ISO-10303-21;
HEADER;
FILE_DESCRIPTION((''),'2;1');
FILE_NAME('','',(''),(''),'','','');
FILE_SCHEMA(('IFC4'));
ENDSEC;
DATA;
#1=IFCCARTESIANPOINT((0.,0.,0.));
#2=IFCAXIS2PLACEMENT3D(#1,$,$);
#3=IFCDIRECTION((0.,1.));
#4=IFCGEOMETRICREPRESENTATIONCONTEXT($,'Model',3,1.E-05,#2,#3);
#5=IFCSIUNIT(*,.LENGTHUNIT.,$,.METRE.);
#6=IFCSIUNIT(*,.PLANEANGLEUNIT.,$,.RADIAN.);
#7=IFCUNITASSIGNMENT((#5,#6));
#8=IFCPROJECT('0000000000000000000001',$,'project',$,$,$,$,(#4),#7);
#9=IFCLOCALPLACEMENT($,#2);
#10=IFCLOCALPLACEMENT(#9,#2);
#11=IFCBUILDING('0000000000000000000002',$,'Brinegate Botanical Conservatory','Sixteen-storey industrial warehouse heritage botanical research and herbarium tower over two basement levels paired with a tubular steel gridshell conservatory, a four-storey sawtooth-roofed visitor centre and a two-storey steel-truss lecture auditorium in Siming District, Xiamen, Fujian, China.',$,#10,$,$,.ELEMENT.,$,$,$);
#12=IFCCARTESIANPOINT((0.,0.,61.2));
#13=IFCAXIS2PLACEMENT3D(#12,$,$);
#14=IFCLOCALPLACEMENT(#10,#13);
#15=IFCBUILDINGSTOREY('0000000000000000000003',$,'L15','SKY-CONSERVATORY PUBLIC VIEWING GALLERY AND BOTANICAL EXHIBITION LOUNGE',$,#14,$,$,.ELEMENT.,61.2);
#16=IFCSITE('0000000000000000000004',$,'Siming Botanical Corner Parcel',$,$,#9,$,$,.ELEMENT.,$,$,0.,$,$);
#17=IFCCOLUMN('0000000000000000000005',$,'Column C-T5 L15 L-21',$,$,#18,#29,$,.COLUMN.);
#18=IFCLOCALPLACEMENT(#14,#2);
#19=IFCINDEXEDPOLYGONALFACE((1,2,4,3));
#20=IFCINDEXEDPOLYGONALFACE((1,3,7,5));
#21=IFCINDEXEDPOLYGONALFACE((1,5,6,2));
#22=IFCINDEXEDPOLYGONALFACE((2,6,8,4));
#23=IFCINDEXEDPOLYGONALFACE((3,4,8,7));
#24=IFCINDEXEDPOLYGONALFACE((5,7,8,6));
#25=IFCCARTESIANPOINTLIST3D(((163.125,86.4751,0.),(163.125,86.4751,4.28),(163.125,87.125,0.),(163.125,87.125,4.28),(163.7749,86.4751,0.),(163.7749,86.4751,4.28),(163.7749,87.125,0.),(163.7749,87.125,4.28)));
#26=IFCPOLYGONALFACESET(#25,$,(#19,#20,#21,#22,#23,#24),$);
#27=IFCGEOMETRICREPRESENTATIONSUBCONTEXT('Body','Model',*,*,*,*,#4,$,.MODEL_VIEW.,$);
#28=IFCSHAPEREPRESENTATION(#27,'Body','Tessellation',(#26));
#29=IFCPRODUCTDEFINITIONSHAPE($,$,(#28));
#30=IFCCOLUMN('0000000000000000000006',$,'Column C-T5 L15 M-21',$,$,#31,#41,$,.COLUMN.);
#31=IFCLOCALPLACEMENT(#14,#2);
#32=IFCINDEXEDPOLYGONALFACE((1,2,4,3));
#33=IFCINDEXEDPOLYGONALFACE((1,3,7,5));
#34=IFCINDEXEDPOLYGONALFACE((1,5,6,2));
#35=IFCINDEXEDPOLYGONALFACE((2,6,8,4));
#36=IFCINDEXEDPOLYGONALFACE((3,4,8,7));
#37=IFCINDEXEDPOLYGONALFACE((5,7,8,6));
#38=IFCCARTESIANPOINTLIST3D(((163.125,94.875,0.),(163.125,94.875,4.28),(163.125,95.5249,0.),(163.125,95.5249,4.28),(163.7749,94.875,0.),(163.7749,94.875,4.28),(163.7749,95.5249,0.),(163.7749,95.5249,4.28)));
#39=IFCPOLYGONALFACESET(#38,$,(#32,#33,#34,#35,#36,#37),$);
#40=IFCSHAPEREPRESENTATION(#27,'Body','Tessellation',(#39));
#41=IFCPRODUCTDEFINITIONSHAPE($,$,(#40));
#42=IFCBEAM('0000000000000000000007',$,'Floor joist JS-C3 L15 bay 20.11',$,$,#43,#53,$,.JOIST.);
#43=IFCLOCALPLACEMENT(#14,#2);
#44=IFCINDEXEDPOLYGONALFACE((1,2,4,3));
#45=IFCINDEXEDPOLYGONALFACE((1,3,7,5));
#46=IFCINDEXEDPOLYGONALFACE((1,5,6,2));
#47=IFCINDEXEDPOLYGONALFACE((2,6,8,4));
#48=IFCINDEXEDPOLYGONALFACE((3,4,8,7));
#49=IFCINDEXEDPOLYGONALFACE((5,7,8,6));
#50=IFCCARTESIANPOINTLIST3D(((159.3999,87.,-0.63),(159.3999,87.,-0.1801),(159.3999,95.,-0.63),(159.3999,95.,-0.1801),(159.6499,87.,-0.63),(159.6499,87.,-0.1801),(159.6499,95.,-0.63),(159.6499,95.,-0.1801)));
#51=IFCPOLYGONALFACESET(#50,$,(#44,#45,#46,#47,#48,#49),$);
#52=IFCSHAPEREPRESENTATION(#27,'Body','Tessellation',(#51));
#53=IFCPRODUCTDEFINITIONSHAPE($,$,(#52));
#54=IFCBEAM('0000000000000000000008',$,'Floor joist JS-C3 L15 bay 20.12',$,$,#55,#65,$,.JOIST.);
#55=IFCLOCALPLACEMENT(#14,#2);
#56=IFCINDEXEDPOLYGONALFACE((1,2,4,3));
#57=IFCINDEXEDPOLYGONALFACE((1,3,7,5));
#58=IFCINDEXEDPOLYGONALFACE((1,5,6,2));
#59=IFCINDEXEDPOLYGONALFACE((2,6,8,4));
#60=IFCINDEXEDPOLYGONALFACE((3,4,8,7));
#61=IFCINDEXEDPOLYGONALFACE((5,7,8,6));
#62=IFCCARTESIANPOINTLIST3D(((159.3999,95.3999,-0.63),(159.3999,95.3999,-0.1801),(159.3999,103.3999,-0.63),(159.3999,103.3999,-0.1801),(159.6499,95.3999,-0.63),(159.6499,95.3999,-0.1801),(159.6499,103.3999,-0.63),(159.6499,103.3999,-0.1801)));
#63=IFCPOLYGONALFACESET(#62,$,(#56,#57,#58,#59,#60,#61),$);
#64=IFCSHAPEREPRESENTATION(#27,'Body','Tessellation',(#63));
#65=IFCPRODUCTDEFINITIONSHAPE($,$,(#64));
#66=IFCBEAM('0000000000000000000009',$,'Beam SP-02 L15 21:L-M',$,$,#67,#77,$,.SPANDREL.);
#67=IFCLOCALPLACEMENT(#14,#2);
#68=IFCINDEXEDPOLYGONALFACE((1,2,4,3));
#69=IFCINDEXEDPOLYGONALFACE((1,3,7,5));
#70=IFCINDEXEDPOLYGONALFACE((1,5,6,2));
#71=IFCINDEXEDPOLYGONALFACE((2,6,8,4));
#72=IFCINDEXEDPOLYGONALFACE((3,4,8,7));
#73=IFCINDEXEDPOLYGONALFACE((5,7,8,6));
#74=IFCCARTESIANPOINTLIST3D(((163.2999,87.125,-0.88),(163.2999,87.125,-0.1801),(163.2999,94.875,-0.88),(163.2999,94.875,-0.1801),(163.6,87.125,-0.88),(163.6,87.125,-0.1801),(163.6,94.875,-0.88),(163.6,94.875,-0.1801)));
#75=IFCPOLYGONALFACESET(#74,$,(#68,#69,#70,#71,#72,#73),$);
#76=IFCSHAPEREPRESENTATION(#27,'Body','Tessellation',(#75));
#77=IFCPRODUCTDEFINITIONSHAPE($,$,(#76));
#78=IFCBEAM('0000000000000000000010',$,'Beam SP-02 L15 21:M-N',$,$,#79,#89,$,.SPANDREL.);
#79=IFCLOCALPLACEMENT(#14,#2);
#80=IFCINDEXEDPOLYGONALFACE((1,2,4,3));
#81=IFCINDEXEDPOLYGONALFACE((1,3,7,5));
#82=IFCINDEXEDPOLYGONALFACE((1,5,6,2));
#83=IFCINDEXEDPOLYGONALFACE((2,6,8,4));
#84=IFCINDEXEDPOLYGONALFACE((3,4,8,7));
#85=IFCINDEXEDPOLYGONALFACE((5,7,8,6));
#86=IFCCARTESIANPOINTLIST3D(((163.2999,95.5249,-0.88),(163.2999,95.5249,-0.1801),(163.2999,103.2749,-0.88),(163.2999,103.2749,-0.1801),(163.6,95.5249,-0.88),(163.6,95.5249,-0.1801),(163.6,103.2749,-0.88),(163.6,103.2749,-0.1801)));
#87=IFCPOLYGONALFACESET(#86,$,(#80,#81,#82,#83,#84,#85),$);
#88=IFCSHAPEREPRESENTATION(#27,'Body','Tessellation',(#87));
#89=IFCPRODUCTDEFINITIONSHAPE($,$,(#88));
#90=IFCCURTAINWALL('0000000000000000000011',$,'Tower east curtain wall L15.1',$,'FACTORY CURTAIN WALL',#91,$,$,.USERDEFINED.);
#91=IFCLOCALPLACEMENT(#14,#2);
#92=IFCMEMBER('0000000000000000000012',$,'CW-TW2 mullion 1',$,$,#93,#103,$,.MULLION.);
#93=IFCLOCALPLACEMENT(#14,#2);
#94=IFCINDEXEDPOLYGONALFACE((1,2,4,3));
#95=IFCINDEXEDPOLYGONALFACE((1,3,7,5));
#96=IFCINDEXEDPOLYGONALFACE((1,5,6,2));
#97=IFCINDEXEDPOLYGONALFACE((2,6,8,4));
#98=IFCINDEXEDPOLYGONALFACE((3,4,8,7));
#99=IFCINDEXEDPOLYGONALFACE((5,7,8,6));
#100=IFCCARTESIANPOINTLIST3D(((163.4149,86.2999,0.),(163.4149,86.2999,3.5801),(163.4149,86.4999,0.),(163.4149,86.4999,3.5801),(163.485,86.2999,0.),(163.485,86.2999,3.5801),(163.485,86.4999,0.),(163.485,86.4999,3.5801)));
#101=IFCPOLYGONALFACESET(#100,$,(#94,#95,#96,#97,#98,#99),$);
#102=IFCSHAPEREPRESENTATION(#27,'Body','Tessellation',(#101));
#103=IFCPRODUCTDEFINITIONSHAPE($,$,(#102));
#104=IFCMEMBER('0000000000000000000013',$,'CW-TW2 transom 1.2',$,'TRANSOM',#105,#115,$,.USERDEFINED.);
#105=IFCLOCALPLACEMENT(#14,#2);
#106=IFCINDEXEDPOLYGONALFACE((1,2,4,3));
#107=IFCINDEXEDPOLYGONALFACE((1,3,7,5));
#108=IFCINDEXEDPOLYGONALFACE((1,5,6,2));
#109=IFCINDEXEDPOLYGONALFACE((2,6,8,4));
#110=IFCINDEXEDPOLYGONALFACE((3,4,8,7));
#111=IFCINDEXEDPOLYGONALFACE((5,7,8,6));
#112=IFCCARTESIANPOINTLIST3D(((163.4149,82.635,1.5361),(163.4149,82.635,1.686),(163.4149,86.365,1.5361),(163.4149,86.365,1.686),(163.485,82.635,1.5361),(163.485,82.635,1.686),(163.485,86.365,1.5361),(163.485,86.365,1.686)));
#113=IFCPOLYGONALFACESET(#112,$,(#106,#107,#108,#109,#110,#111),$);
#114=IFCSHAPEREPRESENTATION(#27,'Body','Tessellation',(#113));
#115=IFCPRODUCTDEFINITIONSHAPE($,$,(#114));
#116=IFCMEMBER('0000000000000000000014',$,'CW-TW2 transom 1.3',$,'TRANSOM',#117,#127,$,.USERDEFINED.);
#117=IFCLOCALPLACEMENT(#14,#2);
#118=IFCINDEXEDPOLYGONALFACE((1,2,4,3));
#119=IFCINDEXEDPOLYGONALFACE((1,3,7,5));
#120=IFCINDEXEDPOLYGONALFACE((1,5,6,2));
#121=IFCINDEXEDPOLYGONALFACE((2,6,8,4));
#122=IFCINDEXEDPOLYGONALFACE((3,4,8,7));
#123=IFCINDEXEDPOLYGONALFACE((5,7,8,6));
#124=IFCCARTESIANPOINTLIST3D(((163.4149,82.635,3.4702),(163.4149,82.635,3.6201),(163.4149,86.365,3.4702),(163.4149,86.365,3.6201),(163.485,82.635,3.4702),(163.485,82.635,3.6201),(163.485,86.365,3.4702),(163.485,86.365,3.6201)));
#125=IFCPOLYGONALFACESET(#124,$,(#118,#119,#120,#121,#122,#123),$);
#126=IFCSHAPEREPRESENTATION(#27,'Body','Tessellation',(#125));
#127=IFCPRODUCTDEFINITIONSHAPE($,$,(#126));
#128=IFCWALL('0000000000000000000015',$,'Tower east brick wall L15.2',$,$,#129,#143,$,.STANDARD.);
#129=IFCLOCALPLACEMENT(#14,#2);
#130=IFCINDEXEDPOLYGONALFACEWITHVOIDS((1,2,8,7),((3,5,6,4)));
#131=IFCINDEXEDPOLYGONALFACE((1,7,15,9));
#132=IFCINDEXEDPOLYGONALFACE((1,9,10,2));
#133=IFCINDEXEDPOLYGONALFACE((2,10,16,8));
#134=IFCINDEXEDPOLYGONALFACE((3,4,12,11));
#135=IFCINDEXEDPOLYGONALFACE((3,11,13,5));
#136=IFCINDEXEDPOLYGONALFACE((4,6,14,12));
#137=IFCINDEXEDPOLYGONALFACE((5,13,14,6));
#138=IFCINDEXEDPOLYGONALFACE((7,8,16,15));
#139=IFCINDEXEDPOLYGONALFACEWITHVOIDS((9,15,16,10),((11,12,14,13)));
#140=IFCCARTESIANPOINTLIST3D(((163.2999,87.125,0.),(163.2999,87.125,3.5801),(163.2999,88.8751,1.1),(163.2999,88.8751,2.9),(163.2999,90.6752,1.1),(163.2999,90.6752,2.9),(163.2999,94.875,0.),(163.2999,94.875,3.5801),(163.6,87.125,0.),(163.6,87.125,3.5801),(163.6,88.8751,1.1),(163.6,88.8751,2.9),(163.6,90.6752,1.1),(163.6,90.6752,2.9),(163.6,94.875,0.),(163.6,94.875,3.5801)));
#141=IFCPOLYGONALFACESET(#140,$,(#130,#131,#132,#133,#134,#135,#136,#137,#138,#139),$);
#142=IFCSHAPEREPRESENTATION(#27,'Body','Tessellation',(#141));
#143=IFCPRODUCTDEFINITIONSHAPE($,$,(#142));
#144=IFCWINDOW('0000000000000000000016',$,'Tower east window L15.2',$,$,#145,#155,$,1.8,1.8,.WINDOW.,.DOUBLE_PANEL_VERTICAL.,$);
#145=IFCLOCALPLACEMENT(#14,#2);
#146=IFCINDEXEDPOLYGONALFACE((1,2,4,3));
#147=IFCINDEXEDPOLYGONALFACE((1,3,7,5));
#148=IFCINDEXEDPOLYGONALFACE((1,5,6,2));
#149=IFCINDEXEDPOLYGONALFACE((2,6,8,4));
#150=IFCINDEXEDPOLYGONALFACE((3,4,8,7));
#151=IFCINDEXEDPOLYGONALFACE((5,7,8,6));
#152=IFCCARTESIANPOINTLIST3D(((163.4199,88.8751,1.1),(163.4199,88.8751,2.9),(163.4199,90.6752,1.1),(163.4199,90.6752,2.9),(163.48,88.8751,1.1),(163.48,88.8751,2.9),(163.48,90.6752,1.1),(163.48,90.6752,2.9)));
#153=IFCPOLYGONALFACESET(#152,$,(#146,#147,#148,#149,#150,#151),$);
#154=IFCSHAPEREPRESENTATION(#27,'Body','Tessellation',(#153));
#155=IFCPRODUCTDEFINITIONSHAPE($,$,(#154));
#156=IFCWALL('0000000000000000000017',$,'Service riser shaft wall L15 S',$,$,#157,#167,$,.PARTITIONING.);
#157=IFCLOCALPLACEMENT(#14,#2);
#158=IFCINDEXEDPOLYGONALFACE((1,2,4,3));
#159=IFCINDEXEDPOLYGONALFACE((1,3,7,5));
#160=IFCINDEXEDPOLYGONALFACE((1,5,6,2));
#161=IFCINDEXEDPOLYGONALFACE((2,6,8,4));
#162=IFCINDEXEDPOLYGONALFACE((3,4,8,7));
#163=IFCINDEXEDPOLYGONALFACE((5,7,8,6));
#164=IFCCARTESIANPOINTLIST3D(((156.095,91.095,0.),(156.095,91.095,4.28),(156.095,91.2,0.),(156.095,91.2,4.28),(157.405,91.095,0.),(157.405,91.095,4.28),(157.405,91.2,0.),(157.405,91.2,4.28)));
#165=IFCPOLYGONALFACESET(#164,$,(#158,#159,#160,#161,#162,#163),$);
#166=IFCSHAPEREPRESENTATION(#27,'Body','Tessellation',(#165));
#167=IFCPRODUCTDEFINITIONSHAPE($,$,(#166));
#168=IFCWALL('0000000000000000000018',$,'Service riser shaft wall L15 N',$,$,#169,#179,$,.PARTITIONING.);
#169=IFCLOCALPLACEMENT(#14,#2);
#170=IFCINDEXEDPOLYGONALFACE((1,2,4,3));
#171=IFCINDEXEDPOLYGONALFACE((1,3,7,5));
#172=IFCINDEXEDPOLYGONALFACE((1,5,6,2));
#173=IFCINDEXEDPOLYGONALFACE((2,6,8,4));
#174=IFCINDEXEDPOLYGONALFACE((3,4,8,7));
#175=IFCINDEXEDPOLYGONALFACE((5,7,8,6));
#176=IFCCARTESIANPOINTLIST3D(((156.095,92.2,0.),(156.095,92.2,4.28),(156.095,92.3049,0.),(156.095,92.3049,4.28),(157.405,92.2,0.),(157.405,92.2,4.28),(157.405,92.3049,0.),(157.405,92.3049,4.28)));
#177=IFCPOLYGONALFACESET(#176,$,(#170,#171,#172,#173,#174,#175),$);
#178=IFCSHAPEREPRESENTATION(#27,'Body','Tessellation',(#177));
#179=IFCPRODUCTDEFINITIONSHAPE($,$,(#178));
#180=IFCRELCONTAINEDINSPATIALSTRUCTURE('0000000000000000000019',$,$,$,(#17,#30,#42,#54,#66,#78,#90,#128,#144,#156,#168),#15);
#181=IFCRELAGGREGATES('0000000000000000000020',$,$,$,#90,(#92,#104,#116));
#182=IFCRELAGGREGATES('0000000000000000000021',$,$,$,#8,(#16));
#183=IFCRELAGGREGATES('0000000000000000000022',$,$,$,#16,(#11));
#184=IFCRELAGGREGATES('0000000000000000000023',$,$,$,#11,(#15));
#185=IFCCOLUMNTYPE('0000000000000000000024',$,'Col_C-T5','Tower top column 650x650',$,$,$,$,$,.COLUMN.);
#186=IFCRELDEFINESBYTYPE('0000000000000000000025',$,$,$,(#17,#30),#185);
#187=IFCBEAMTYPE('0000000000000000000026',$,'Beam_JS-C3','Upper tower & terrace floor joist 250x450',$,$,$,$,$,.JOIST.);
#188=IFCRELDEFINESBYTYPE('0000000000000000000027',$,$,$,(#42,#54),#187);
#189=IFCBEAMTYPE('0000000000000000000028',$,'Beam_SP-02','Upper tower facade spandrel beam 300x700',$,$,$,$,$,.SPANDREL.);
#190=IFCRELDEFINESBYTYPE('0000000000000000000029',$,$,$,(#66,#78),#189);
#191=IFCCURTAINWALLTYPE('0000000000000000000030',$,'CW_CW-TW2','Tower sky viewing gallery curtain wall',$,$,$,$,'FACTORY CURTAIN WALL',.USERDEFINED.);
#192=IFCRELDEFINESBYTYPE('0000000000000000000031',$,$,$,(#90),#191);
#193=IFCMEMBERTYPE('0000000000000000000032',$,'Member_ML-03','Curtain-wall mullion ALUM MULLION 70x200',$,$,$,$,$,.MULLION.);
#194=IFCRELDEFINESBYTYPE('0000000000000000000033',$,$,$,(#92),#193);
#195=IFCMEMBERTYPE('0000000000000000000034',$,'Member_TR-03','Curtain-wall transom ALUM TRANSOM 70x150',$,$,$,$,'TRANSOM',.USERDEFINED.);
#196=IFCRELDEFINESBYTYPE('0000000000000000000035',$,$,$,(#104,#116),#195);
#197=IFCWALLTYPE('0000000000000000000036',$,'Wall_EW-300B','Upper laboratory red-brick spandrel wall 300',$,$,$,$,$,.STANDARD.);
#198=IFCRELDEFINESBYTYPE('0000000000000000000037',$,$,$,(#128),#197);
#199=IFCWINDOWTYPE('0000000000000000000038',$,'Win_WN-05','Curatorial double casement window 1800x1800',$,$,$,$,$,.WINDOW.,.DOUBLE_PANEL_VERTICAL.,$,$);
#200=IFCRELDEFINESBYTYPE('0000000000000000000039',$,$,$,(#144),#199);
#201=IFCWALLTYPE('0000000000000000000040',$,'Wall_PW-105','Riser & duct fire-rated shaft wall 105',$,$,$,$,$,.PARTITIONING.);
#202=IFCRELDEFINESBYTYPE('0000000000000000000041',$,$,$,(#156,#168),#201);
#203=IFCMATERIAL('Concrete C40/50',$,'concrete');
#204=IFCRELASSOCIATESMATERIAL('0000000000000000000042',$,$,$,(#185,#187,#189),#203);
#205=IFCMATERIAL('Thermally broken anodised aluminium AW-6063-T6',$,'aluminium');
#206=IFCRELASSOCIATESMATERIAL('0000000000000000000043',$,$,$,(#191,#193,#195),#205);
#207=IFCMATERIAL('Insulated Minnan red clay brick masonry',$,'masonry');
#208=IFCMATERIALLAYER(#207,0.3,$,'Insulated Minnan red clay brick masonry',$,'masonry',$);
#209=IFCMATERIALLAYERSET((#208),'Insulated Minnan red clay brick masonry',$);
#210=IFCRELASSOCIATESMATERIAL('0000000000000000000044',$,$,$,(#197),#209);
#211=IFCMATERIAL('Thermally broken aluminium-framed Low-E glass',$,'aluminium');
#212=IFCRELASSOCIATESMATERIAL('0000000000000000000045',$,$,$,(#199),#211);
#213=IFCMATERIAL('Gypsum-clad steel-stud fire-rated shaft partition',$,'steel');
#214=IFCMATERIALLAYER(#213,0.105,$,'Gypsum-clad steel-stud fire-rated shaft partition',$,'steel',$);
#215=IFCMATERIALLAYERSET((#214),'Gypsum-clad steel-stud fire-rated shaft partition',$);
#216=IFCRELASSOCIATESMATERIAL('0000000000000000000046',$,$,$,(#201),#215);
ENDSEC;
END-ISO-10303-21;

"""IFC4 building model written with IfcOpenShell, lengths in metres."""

from ifc_helpers import new_model, si_unit, direction, frame, frame_2d, origin, origin_2d, place, context, subcontext, project, spatial, rectangle, extrude, material, layer, layer_set, material_profile, profile_set, type_object, element, fill, aggregate, save


model = new_model("IFC4")

# Units and contexts
model_context = context("Model", 3, precision=1e-05, world=origin(), true_north=direction((0.0, 1.0)))
body_context = subcontext(model_context, "Body", "Model", "MODEL_VIEW")
ifc_project = project(units=[si_unit("LENGTHUNIT", "METRE"), si_unit("PLANEANGLEUNIT", "RADIAN")], contexts=[model_context])

# Site, building, storey
site_placement = place(None, origin())
site = spatial("IfcSite", under=ifc_project, at=site_placement, Name="Siming Botanical Corner Parcel", CompositionType="ELEMENT", RefElevation=0.0)
building_placement = place(site_placement, origin())
building = spatial("IfcBuilding", under=site, at=building_placement, Name="Brinegate Botanical Conservatory", Description="Sixteen-storey industrial warehouse heritage botanical research and herbarium tower over two basement levels paired with a tubular steel gridshell conservatory, a four-storey sawtooth-roofed visitor centre and a two-storey steel-truss lecture auditorium in Siming District, Xiamen, Fujian, China.", CompositionType="ELEMENT")
storey_placement = place(building_placement, frame((0.0, 0.0, 61.2)))
storey = spatial("IfcBuildingStorey", under=building, at=storey_placement, Name="L15", Description="SKY-CONSERVATORY PUBLIC VIEWING GALLERY AND BOTANICAL EXHIBITION LOUNGE", CompositionType="ELEMENT", Elevation=61.2)

# Columns
ifc_material_1 = material(Name="Concrete C40/50", Category="concrete")
ifc_material_profile_1 = material_profile(ifc_material_1, rectangle(XDim=0.6499, YDim=0.6499, at=origin_2d()), Name="RC COL 650x650")
ifc_profile_set_1 = profile_set([ifc_material_profile_1], Name="Concrete C40/50")
column_type = type_object("IfcColumnType", Name="Col_C-T5", Description="Tower top column 650x650", PredefinedType="COLUMN", material=ifc_profile_set_1)
for number, where, z_axis, x_axis, name in (
    (1, (163.45, 86.8, 0.0), (0.0, 0.0, 1.0), (1.0, 0.0, 0.0), "Column C-T5 L15 L-21"),
    (2, (163.45, 95.2, 0.0), (0.0, 0.0, 1.0), (1.0, 0.0, 0.0), "Column C-T5 L15 M-21"),
):
    element("IfcColumn", number, at=place(storey_placement, frame(where, z_axis=z_axis, x_axis=x_axis)), inside=storey, type_object=column_type, Name=name, PredefinedType="COLUMN", context=body_context, shape_type="SweptSolid", body=[
        extrude(rectangle(XDim=0.6499, YDim=0.6499, at=origin_2d()), origin(), (0.0, 0.0, 1.0), 4.28),
    ])

# Beams
ifc_material_profile_2 = material_profile(ifc_material_1, rectangle(XDim=0.25, YDim=0.45, at=origin_2d()), Name="RC JST 250x450")
ifc_profile_set_2 = profile_set([ifc_material_profile_2], Name="Concrete C40/50")
beam_type_1 = type_object("IfcBeamType", Name="Beam_JS-C3", Description="Upper tower & terrace floor joist 250x450", PredefinedType="JOIST", material=ifc_profile_set_2)
for number, where, z_axis, x_axis, name in (
    (3, (159.5249, 87.0, -0.405), (0.0, 1.0, 0.0), (-1.0, 0.0, 0.0), "Floor joist JS-C3 L15 bay 20.11"),
    (4, (159.5249, 95.3999, -0.405), (0.0, 1.0, 0.0), (-1.0, 0.0, 0.0), "Floor joist JS-C3 L15 bay 20.12"),
):
    element("IfcBeam", number, at=place(storey_placement, frame(where, z_axis=z_axis, x_axis=x_axis)), inside=storey, type_object=beam_type_1, Name=name, PredefinedType="JOIST", context=body_context, shape_type="SweptSolid", body=[
        extrude(rectangle(XDim=0.25, YDim=0.45, at=origin_2d()), origin(), (0.0, 0.0, 1.0), 8.0),
    ])
ifc_material_profile_3 = material_profile(ifc_material_1, rectangle(XDim=0.3, YDim=0.7, at=origin_2d()), Name="RC SPN 300x700")
ifc_profile_set_3 = profile_set([ifc_material_profile_3], Name="Concrete C40/50")
beam_type_2 = type_object("IfcBeamType", Name="Beam_SP-02", Description="Upper tower facade spandrel beam 300x700", PredefinedType="SPANDREL", material=ifc_profile_set_3)
for number, where, z_axis, x_axis, name in (
    (5, (163.45, 87.125, -0.53), (0.0, 1.0, 0.0), (-1.0, 0.0, 0.0), "Beam SP-02 L15 21:L-M"),
    (6, (163.45, 95.5249, -0.53), (0.0, 1.0, 0.0), (-1.0, 0.0, 0.0), "Beam SP-02 L15 21:M-N"),
):
    element("IfcBeam", number, at=place(storey_placement, frame(where, z_axis=z_axis, x_axis=x_axis)), inside=storey, type_object=beam_type_2, Name=name, PredefinedType="SPANDREL", context=body_context, shape_type="SweptSolid", body=[
        extrude(rectangle(XDim=0.3, YDim=0.7, at=origin_2d()), origin(), (0.0, 0.0, 1.0), 7.75),
    ])

# Curtain wall, members
ifc_material_2 = material(Name="Thermally broken anodised aluminium AW-6063-T6", Category="aluminium")
curtain_wall_type = type_object("IfcCurtainWallType", Name="CW_CW-TW2", Description="Tower sky viewing gallery curtain wall", ElementType="FACTORY CURTAIN WALL", PredefinedType="USERDEFINED", material=ifc_material_2)
curtain_wall_placement = place(storey_placement, origin())
curtain_wall = element("IfcCurtainWall", 7, at=curtain_wall_placement, inside=storey, type_object=curtain_wall_type, Name="Tower east curtain wall L15.1", ObjectType="FACTORY CURTAIN WALL", PredefinedType="USERDEFINED")
ifc_material_profile_4 = material_profile(ifc_material_2, rectangle(XDim=0.0701, YDim=0.2, at=origin_2d()), Name="ALUM MULLION 70x200")
ifc_profile_set_4 = profile_set([ifc_material_profile_4], Name="Thermally broken anodised aluminium AW-6063-T6")
member_type_1 = type_object("IfcMemberType", Name="Member_ML-03", Description="Curtain-wall mullion ALUM MULLION 70x200", PredefinedType="MULLION", material=ifc_profile_set_4)
member_1_placement = place(storey_placement, frame((163.45, 86.3999, 0.0), z_axis=(0.0, 0.0, 1.0), x_axis=(1.0, 0.0, 0.0)))
member_1 = element("IfcMember", 8, at=member_1_placement, type_object=member_type_1, Name="CW-TW2 mullion 1", PredefinedType="MULLION", context=body_context, shape_type="SweptSolid", body=[
    extrude(rectangle(XDim=0.0701, YDim=0.2, at=origin_2d()), origin(), (0.0, 0.0, 1.0), 3.5801),
])
ifc_material_profile_5 = material_profile(ifc_material_2, rectangle(XDim=0.0701, YDim=0.1499, at=origin_2d()), Name="ALUM TRANSOM 70x150")
ifc_profile_set_5 = profile_set([ifc_material_profile_5], Name="Thermally broken anodised aluminium AW-6063-T6")
member_type_2 = type_object("IfcMemberType", Name="Member_TR-03", Description="Curtain-wall transom ALUM TRANSOM 70x150", ElementType="TRANSOM", PredefinedType="USERDEFINED", material=ifc_profile_set_5)
member_2_placement = place(storey_placement, frame((163.45, 86.365, 1.6111), z_axis=(0.0, -1.0, 0.0), x_axis=(1.0, 0.0, 0.0)))
member_2 = element("IfcMember", 9, at=member_2_placement, type_object=member_type_2, Name="CW-TW2 transom 1.2", ObjectType="TRANSOM", PredefinedType="USERDEFINED", context=body_context, shape_type="SweptSolid", body=[
    extrude(rectangle(XDim=0.0701, YDim=0.1499, at=origin_2d()), origin(), (0.0, 0.0, 1.0), 3.73),
])
member_3_placement = place(storey_placement, frame((163.45, 86.365, 3.5452), z_axis=(0.0, -1.0, 0.0), x_axis=(1.0, 0.0, 0.0)))
member_3 = element("IfcMember", 10, at=member_3_placement, type_object=member_type_2, Name="CW-TW2 transom 1.3", ObjectType="TRANSOM", PredefinedType="USERDEFINED", context=body_context, shape_type="SweptSolid", body=[
    extrude(rectangle(XDim=0.0701, YDim=0.1499, at=origin_2d()), origin(), (0.0, 0.0, 1.0), 3.73),
])
aggregate(curtain_wall, [member_1, member_2, member_3])

# Wall, opening, window
ifc_material_3 = material(Name="Insulated Minnan red clay brick masonry", Category="masonry")
ifc_layer_1 = layer(ifc_material_3, 0.3, Name="Insulated Minnan red clay brick masonry", Category="masonry")
ifc_layer_set_1 = layer_set([ifc_layer_1], Name="Insulated Minnan red clay brick masonry")
wall_type_1 = type_object("IfcWallType", Name="Wall_EW-300B", Description="Upper laboratory red-brick spandrel wall 300", PredefinedType="STANDARD", material=ifc_layer_set_1)
wall_1_placement = place(storey_placement, frame((163.45, 94.875, 0.0), z_axis=(0.0, 0.0, 1.0), x_axis=(0.0, -1.0, 0.0)))
wall_1 = element("IfcWall", 11, at=wall_1_placement, inside=storey, type_object=wall_type_1, Name="Tower east brick wall L15.2", PredefinedType="STANDARD", context=body_context, shape_type="SweptSolid", body=[
    extrude(rectangle(XDim=7.75, YDim=0.3, at=frame_2d((3.875, 0.0))), origin(), (0.0, 0.0, 1.0), 3.5801),
])
opening_1_placement = place(wall_1_placement, frame((4.2, 0.0, 1.1001)))
opening_1 = element("IfcOpeningElement", 12, at=opening_1_placement, cuts=wall_1, PredefinedType="OPENING", context=body_context, shape_type="SweptSolid", body=[
    extrude(rectangle(XDim=1.8, YDim=1.8, at=frame_2d((0.8999, 0.8999))), frame((0.0, 0.1599, 0.0), z_axis=(0.0, -1.0, 0.0), x_axis=(1.0, 0.0, 0.0)), (0.0, 0.0, 1.0), 0.3201),
])
ifc_material_4 = material(Name="Thermally broken aluminium-framed Low-E glass", Category="aluminium")
window_type = type_object("IfcWindowType", Name="Win_WN-05", Description="Curatorial double casement window 1800x1800", PartitioningType="DOUBLE_PANEL_VERTICAL", PredefinedType="WINDOW", material=ifc_material_4)
window_placement = place(opening_1_placement, origin())
window = element("IfcWindow", 13, at=window_placement, inside=storey, type_object=window_type, Name="Tower east window L15.2", OverallHeight=1.8, OverallWidth=1.8, PartitioningType="DOUBLE_PANEL_VERTICAL", PredefinedType="WINDOW", context=body_context, shape_type="SweptSolid", body=[
    extrude(rectangle(XDim=1.8, YDim=1.8, at=frame_2d((0.8999, 0.8999))), frame((0.0, 0.03, 0.0), z_axis=(0.0, -1.0, 0.0), x_axis=(1.0, 0.0, 0.0)), (0.0, 0.0, 1.0), 0.0601),
])
fill(opening_1, window)

# Walls
ifc_material_5 = material(Name="Gypsum-clad steel-stud fire-rated shaft partition", Category="steel")
ifc_layer_2 = layer(ifc_material_5, 0.105, Name="Gypsum-clad steel-stud fire-rated shaft partition", Category="steel")
ifc_layer_set_2 = layer_set([ifc_layer_2], Name="Gypsum-clad steel-stud fire-rated shaft partition")
wall_type_2 = type_object("IfcWallType", Name="Wall_PW-105", Description="Riser & duct fire-rated shaft wall 105", PredefinedType="PARTITIONING", material=ifc_layer_set_2)
for number, where, z_axis, x_axis, name in (
    (14, (156.095, 91.1475, 0.0), (0.0, 0.0, 1.0), (1.0, 0.0, 0.0), "Service riser shaft wall L15 S"),
    (15, (156.095, 92.2524, 0.0), (0.0, 0.0, 1.0), (1.0, 0.0, 0.0), "Service riser shaft wall L15 N"),
):
    element("IfcWall", number, at=place(storey_placement, frame(where, z_axis=z_axis, x_axis=x_axis)), inside=storey, type_object=wall_type_2, Name=name, PredefinedType="PARTITIONING", context=body_context, shape_type="SweptSolid", body=[
        extrude(rectangle(XDim=1.3101, YDim=0.105, at=frame_2d((0.655, 0.0))), origin(), (0.0, 0.0, 1.0), 4.28),
    ])

save(model, "model.ifc")
